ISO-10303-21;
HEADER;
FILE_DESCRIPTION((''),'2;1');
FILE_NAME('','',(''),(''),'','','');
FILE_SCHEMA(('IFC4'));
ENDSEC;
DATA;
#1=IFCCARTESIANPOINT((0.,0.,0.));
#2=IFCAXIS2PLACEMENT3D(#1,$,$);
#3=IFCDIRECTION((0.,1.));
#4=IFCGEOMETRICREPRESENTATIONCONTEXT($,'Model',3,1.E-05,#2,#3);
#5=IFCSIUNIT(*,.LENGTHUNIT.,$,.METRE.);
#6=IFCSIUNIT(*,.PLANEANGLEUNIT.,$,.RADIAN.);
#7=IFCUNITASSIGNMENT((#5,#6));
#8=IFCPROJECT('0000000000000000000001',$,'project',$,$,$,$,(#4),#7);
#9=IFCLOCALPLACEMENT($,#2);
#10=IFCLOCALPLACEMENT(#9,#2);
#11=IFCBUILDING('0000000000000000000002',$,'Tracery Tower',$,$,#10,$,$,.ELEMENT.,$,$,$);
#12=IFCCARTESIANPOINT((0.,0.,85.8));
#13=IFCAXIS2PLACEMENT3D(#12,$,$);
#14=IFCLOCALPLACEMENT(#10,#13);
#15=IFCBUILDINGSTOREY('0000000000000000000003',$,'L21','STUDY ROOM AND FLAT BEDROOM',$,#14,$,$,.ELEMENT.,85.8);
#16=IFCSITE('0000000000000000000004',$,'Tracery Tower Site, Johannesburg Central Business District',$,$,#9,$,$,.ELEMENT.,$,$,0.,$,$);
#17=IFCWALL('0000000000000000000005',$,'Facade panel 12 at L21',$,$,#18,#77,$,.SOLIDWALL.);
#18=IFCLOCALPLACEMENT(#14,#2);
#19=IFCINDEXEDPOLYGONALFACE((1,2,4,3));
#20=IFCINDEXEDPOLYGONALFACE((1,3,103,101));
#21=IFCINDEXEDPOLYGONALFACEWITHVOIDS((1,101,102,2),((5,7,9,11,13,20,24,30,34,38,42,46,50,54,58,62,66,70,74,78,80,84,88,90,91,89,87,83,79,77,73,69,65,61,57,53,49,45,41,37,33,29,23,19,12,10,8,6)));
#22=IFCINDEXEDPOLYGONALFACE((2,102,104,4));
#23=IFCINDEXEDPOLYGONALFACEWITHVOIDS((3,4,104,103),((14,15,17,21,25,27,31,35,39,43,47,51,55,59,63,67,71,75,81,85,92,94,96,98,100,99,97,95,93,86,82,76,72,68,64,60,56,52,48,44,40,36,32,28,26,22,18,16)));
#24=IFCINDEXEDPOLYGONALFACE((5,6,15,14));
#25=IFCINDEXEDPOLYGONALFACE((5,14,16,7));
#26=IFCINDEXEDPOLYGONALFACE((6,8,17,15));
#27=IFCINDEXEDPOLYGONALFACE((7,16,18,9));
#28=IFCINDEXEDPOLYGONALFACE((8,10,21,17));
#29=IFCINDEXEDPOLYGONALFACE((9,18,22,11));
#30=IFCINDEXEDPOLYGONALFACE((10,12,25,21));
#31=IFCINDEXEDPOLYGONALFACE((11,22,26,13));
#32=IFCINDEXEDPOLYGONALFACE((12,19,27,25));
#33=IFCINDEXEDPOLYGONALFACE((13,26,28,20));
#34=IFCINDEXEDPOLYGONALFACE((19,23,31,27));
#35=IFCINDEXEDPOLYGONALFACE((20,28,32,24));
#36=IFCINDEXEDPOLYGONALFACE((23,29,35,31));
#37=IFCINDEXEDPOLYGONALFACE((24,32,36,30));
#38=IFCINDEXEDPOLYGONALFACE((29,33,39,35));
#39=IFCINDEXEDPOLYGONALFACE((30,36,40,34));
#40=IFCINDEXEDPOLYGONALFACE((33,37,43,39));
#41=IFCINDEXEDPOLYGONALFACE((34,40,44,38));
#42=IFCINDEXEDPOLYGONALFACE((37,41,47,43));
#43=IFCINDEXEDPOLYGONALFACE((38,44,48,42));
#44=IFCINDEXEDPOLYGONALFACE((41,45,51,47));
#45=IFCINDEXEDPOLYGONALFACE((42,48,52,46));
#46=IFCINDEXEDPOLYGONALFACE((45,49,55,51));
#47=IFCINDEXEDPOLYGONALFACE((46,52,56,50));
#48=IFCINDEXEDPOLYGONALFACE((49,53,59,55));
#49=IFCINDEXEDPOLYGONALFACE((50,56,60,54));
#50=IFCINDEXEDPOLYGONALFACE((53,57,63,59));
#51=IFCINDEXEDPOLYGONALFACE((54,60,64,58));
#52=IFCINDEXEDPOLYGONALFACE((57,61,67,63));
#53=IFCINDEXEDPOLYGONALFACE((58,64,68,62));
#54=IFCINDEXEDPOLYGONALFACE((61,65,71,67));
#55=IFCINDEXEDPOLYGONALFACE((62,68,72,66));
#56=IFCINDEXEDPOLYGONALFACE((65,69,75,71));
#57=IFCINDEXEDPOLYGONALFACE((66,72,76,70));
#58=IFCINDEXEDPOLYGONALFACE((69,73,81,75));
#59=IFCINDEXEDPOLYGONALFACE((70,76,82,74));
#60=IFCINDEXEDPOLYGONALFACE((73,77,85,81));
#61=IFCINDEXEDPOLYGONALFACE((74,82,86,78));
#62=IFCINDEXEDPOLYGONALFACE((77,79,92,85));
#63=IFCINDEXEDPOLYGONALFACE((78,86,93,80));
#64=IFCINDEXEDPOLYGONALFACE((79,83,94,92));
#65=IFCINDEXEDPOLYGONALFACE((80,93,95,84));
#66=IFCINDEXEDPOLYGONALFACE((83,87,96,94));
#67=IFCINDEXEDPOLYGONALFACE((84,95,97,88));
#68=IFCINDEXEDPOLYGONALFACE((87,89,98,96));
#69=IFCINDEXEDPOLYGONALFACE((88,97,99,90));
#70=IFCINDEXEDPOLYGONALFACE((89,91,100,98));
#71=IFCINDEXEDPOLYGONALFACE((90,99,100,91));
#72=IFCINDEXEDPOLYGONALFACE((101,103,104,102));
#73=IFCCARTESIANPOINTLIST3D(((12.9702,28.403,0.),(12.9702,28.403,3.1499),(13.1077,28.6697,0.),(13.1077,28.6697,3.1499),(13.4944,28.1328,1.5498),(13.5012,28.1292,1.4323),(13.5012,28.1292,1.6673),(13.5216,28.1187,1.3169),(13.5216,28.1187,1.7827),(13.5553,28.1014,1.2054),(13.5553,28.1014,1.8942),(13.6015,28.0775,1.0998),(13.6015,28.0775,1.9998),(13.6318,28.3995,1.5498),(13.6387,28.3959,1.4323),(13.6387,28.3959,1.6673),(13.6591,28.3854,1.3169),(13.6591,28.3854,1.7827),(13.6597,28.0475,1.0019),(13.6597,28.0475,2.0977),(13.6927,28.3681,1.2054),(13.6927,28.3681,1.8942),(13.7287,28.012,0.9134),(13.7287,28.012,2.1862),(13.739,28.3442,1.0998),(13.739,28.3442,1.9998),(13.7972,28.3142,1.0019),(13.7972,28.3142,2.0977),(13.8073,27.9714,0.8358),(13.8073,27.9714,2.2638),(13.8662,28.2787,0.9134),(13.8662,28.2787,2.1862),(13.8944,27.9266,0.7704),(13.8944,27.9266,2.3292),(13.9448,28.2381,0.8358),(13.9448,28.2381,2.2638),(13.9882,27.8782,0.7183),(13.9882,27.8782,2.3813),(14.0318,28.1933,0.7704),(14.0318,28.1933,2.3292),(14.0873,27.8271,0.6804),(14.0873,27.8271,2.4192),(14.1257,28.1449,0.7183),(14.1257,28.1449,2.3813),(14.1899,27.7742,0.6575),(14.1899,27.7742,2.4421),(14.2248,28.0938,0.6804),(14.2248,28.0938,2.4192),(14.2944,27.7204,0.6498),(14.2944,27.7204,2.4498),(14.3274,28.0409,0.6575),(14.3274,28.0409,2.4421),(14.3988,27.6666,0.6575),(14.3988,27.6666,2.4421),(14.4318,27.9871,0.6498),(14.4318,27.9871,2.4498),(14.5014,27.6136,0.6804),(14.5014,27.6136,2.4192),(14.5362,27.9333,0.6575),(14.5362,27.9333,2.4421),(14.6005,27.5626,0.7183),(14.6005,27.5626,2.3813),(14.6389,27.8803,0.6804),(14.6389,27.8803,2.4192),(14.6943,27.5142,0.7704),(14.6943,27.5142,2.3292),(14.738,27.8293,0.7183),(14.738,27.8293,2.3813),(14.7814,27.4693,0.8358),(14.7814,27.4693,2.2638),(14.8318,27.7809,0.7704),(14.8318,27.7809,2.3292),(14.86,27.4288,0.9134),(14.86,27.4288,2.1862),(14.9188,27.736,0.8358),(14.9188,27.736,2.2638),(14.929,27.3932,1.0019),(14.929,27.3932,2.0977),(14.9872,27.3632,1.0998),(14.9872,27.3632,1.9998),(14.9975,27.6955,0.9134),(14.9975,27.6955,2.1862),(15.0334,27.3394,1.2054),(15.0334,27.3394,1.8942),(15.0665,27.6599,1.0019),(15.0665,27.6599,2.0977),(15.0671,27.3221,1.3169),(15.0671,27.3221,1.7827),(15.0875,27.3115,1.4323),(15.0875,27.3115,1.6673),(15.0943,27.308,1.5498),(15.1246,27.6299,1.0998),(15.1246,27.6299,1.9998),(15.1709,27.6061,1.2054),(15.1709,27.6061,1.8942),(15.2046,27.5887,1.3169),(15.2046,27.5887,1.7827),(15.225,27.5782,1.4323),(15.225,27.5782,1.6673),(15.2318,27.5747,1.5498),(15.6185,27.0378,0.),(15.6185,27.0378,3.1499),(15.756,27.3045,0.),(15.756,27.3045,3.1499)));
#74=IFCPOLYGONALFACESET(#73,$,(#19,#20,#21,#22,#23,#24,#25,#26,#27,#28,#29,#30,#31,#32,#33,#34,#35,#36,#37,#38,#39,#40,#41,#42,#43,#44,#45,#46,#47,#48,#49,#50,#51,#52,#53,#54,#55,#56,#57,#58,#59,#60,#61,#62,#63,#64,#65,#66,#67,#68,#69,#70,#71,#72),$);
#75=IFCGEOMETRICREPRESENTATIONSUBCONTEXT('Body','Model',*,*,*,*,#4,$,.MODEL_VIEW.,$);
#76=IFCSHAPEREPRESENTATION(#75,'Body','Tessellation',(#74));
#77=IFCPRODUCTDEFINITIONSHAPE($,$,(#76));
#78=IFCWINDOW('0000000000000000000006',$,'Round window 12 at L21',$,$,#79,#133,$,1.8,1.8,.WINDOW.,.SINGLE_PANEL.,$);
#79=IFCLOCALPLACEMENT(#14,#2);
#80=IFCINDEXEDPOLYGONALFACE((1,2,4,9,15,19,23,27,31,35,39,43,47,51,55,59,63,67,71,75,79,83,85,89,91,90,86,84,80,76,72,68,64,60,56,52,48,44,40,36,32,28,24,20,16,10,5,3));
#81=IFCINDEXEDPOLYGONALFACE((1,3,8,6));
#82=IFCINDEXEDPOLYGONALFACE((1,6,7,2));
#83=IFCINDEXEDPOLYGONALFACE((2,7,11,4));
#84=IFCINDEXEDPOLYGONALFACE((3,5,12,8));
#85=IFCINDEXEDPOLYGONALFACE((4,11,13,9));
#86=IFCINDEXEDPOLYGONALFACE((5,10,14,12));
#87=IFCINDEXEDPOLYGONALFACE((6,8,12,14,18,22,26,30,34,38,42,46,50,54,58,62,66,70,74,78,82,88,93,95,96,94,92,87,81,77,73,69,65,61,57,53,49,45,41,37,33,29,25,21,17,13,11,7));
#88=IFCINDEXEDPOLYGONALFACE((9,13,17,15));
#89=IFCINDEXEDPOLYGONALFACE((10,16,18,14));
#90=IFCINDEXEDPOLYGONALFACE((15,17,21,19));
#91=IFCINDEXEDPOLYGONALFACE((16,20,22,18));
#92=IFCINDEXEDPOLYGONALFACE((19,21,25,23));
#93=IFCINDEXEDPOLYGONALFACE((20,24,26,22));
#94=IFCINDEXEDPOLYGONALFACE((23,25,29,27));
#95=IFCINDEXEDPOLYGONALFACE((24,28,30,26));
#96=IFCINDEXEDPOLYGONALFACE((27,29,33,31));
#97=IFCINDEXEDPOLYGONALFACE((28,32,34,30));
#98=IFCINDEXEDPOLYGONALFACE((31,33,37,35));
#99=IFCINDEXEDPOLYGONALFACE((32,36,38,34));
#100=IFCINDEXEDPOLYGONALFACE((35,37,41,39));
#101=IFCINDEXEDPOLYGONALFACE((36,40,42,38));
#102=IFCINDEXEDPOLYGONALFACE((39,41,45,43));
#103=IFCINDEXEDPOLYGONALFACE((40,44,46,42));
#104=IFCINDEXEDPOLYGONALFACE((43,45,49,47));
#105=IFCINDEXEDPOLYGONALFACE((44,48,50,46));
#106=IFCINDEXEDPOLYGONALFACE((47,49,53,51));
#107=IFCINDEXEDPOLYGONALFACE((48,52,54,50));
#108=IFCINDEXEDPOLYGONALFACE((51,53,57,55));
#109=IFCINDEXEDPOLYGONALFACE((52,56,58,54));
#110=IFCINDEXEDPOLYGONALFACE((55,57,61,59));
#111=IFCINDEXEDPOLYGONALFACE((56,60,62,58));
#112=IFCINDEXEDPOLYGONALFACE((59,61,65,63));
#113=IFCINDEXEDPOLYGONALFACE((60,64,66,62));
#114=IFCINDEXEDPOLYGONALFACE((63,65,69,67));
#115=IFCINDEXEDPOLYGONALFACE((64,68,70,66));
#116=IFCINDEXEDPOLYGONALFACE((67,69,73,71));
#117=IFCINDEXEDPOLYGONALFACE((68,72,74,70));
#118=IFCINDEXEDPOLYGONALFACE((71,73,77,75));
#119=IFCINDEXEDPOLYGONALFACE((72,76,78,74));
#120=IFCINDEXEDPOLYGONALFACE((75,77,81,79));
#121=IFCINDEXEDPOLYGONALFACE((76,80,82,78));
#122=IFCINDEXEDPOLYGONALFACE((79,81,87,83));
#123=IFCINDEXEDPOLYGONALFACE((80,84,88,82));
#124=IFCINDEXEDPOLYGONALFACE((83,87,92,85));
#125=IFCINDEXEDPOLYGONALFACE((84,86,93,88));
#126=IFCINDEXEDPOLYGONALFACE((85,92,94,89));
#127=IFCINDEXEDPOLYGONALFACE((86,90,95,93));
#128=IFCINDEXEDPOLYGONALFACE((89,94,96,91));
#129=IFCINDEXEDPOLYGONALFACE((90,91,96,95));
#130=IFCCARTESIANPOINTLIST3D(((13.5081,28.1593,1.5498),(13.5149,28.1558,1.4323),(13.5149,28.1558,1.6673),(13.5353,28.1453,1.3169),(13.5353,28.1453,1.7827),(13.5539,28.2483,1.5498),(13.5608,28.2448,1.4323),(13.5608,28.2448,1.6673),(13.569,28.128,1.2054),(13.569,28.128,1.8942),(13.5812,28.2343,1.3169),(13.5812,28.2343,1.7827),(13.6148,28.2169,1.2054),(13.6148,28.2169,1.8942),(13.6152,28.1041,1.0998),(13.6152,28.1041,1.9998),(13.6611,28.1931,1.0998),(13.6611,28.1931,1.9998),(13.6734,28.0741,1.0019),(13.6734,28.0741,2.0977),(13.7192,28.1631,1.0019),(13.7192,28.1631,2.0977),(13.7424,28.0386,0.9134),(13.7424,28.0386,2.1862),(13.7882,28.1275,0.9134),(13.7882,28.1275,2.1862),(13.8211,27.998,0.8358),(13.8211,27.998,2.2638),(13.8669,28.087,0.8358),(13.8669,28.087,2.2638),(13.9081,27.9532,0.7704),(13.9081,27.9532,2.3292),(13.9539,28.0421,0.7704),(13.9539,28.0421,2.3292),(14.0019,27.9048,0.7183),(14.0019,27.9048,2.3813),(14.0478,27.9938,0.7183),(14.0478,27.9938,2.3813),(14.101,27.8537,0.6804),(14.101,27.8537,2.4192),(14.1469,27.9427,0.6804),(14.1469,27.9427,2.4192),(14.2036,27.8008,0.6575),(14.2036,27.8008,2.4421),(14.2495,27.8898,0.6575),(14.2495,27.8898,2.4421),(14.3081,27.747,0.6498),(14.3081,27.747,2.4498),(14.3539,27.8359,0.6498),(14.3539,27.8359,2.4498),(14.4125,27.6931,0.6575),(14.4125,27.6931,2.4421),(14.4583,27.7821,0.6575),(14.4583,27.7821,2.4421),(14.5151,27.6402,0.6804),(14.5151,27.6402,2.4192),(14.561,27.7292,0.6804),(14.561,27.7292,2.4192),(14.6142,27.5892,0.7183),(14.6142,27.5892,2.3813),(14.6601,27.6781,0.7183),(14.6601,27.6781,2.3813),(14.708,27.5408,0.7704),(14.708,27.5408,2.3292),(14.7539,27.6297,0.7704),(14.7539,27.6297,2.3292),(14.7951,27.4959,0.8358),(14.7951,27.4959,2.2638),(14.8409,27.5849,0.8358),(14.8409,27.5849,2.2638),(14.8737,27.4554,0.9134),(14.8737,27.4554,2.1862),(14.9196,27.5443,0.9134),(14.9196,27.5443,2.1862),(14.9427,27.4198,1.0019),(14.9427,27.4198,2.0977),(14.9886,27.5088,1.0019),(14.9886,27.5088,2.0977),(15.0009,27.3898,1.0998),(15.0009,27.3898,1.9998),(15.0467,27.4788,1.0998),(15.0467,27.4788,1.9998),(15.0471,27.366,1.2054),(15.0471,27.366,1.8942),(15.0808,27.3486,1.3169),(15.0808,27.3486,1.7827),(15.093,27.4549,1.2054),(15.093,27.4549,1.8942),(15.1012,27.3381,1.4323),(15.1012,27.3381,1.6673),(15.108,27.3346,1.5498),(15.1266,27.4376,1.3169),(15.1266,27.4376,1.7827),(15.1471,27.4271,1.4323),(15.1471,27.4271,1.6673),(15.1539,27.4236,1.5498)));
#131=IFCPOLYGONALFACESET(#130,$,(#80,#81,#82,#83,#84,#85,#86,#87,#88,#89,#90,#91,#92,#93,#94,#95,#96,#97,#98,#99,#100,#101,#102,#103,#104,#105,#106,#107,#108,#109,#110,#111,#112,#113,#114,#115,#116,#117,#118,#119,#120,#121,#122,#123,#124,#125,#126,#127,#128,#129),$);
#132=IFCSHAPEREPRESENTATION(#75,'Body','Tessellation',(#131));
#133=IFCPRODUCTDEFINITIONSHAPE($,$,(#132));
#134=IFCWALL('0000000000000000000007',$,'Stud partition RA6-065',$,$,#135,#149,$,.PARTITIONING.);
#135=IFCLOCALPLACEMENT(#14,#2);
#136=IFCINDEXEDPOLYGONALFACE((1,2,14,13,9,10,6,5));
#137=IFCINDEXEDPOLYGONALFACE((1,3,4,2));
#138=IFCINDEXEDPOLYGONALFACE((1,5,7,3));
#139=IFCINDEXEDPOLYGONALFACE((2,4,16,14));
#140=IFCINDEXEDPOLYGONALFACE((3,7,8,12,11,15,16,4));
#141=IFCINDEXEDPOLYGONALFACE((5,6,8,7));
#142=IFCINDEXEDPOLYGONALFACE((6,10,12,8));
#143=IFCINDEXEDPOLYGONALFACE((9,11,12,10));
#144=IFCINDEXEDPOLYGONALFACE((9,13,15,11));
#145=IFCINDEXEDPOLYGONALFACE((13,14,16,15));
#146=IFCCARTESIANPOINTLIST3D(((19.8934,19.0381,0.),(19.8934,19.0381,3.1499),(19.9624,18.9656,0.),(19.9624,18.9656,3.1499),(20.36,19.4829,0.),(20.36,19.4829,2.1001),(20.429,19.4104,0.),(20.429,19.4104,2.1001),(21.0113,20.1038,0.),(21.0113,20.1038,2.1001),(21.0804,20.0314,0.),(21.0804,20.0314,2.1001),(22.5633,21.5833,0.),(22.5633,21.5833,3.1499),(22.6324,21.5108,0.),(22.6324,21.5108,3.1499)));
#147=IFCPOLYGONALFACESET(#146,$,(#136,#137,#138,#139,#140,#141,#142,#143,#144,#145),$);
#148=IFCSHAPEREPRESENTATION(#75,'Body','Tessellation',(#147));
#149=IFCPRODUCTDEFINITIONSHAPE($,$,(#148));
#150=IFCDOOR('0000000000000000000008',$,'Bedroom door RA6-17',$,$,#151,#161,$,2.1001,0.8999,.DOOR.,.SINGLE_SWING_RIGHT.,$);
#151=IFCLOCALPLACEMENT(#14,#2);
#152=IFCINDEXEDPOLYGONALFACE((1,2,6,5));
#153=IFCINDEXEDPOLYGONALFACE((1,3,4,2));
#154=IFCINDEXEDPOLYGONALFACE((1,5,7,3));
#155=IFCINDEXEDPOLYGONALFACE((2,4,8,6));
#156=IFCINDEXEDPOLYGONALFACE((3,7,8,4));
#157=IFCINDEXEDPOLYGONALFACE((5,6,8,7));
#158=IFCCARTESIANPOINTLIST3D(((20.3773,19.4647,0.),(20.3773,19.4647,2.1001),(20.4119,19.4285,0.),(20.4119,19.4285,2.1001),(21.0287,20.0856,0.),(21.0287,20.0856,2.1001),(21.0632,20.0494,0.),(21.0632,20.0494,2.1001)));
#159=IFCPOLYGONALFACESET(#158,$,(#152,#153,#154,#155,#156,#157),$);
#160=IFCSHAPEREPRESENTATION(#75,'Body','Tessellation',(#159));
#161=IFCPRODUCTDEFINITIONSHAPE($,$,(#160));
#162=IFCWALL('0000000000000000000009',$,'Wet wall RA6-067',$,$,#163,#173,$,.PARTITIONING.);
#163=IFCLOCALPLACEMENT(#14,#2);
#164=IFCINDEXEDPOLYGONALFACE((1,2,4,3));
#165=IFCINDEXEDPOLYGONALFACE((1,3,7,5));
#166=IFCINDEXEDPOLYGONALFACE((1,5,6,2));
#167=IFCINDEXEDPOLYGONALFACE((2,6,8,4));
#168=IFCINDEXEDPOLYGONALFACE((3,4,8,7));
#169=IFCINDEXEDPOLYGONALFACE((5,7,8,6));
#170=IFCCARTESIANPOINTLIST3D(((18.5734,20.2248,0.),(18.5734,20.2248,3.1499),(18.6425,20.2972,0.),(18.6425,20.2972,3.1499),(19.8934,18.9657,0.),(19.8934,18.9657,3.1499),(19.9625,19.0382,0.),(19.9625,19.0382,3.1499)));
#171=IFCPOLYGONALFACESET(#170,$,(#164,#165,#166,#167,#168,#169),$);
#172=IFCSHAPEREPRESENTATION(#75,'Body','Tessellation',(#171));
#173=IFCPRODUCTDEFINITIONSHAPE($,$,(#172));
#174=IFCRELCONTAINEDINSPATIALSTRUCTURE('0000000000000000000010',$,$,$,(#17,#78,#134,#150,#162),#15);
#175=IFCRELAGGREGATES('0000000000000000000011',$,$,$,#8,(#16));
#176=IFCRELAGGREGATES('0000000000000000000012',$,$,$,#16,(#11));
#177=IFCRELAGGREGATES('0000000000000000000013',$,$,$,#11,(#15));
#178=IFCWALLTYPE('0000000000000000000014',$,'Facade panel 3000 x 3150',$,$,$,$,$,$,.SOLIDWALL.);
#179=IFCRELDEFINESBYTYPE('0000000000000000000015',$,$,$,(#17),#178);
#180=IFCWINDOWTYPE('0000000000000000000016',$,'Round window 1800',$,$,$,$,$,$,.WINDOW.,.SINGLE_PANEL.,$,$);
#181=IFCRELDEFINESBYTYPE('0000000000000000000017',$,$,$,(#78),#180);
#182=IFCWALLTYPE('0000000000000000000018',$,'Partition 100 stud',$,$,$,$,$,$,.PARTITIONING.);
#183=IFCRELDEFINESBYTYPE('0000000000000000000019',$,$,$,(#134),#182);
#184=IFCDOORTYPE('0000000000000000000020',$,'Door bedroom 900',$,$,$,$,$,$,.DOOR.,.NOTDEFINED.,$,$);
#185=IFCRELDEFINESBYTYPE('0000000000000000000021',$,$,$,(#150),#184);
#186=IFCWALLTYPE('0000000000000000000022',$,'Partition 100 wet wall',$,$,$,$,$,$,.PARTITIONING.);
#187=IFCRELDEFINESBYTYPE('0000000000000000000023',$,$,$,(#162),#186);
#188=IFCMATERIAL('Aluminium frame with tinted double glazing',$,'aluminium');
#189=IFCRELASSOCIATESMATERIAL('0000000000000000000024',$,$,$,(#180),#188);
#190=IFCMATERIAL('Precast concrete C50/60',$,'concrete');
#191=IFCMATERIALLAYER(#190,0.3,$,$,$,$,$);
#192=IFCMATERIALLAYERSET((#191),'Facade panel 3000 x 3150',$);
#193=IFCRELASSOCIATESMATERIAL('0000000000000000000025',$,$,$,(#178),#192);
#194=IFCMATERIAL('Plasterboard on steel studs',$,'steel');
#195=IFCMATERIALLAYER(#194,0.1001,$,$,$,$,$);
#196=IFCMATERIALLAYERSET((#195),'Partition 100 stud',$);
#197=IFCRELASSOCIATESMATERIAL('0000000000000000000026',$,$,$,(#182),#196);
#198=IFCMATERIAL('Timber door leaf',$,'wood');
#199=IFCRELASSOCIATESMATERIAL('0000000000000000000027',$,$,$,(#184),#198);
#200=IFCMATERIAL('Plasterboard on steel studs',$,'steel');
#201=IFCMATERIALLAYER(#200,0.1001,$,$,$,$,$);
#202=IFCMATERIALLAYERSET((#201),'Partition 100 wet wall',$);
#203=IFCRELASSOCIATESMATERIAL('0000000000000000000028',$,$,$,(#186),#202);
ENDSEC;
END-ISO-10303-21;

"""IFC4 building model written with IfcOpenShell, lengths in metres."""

from ifc_helpers import new_model, si_unit, direction, frame, frame_2d, origin, origin_2d, place, context, subcontext, project, spatial, rectangle, circle, extrude, material, layer, layer_set, type_object, element, fill, save


model = new_model("IFC4")

# Units and contexts
model_context = context("Model", 3, precision=1e-05, world=origin(), true_north=direction((0.0, 1.0)))
body_context = subcontext(model_context, "Body", "Model", "MODEL_VIEW")
ifc_project = project(units=[si_unit("LENGTHUNIT", "METRE"), si_unit("PLANEANGLEUNIT", "RADIAN")], contexts=[model_context])

# Site, building, storey
site_placement = place(None, origin())
site = spatial("IfcSite", under=ifc_project, at=site_placement, Name="Tracery Tower Site, Johannesburg Central Business District", CompositionType="ELEMENT", RefElevation=0.0)
building_placement = place(site_placement, origin())
building = spatial("IfcBuilding", under=site, at=building_placement, Name="Tracery Tower", CompositionType="ELEMENT")
storey_placement = place(building_placement, frame((0.0, 0.0, 85.8)))
storey = spatial("IfcBuildingStorey", under=building, at=storey_placement, Name="L21", Description="STUDY ROOM AND FLAT BEDROOM", CompositionType="ELEMENT", Elevation=85.8)

# Wall, opening, window
ifc_material_1 = material(Name="Aluminium frame with tinted double glazing", Category="aluminium")
window_type = type_object("IfcWindowType", Name="Round window 1800", PartitioningType="SINGLE_PANEL", PredefinedType="WINDOW", material=ifc_material_1)
ifc_material_2 = material(Name="Precast concrete C50/60", Category="concrete")
ifc_layer_1 = layer(ifc_material_2, 0.3)
ifc_layer_set_1 = layer_set([ifc_layer_1], Name="Facade panel 3000 x 3150")
wall_type_1 = type_object("IfcWallType", Name="Facade panel 3000 x 3150", PredefinedType="SOLIDWALL", material=ifc_layer_set_1)
wall_1_placement = place(storey_placement, frame((15.6873, 27.1711, 0.0), z_axis=(0.0, 0.0, 1.0), x_axis=(-0.888853, 0.458192, 0.0)))
wall_1 = element("IfcWall", 1, at=wall_1_placement, inside=storey, type_object=wall_type_1, Name="Facade panel 12 at L21", PredefinedType="SOLIDWALL", context=body_context, shape_type="SweptSolid", body=[
    extrude(rectangle(XDim=2.9795, YDim=0.3, at=frame_2d((1.4897, 0.0))), origin(), (0.0, 0.0, 1.0), 3.1499),
])
opening_1_placement = place(wall_1_placement, frame((1.4897, 0.0, 1.5498)))
opening_1 = element("IfcOpeningElement", 2, at=opening_1_placement, cuts=wall_1, PredefinedType="OPENING", context=body_context, shape_type="SweptSolid", body=[
    extrude(circle(Radius=0.9, at=origin_2d()), frame((0.0, 0.1599, 0.0), z_axis=(0.0, -1.0, 0.0), x_axis=(1.0, 0.0, 0.0)), (0.0, 0.0, 1.0), 0.3201),
])
window_1_placement = place(opening_1_placement, origin())
window_1 = element("IfcWindow", 3, at=window_1_placement, inside=storey, type_object=window_type, Name="Round window 12 at L21", OverallHeight=1.8, OverallWidth=1.8, PartitioningType="SINGLE_PANEL", PredefinedType="WINDOW", context=body_context, shape_type="SweptSolid", body=[
    extrude(circle(Radius=0.9, at=origin_2d()), frame((0.0, 0.1201, 0.0), z_axis=(0.0, -1.0, 0.0), x_axis=(1.0, 0.0, 0.0)), (0.0, 0.0, 1.0), 0.1001),
])
fill(opening_1, window_1)

# Wall, opening, door
ifc_material_3 = material(Name="Plasterboard on steel studs", Category="steel")
ifc_layer_2 = layer(ifc_material_3, 0.1001)
ifc_layer_set_2 = layer_set([ifc_layer_2], Name="Partition 100 stud")
wall_type_2 = type_object("IfcWallType", Name="Partition 100 stud", PredefinedType="PARTITIONING", material=ifc_layer_set_2)
wall_2_placement = place(storey_placement, frame((19.928, 19.002, 0.0), z_axis=(0.0, 0.0, 1.0), x_axis=(0.723815, 0.689994, 0.0)))
wall_2 = element("IfcWall", 4, at=wall_2_placement, inside=storey, type_object=wall_type_2, Name="Stud partition RA6-065", PredefinedType="PARTITIONING", context=body_context, shape_type="SweptSolid", body=[
    extrude(rectangle(XDim=3.6887, YDim=0.1001, at=frame_2d((1.8442, 0.0))), origin(), (0.0, 0.0, 1.0), 3.1499),
])
opening_2_placement = place(wall_2_placement, frame((0.6445, 0.0, 0.0)))
opening_2 = element("IfcOpeningElement", 5, at=opening_2_placement, cuts=wall_2, PredefinedType="OPENING", context=body_context, shape_type="SweptSolid", body=[
    extrude(rectangle(XDim=0.8999, YDim=2.1001, at=frame_2d((0.45, 1.05))), frame((0.0, 0.05, 0.0), z_axis=(0.0, -1.0, 0.0), x_axis=(1.0, 0.0, 0.0)), (0.0, 0.0, 1.0), 0.1001),
])
ifc_material_4 = material(Name="Timber door leaf", Category="wood")
door_type = type_object("IfcDoorType", Name="Door bedroom 900", OperationType="NOTDEFINED", PredefinedType="DOOR", material=ifc_material_4)
door_placement = place(opening_2_placement, origin())
door = element("IfcDoor", 6, at=door_placement, inside=storey, type_object=door_type, Name="Bedroom door RA6-17", OperationType="SINGLE_SWING_RIGHT", OverallHeight=2.1001, OverallWidth=0.8999, PredefinedType="DOOR", context=body_context, shape_type="SweptSolid", body=[
    extrude(rectangle(XDim=0.8999, YDim=2.1001, at=frame_2d((0.45, 1.05))), frame((0.0, 0.0249, 0.0), z_axis=(0.0, -1.0, 0.0), x_axis=(1.0, 0.0, 0.0)), (0.0, 0.0, 1.0), 0.05),
])
fill(opening_2, door)

# Wall
ifc_material_5 = material(Name="Plasterboard on steel studs", Category="steel")
ifc_layer_3 = layer(ifc_material_5, 0.1001)
ifc_layer_set_3 = layer_set([ifc_layer_3], Name="Partition 100 wet wall")
wall_type_3 = type_object("IfcWallType", Name="Partition 100 wet wall", PredefinedType="PARTITIONING", material=ifc_layer_set_3)
wall_3_placement = place(storey_placement, frame((18.6079, 20.261, 0.0), z_axis=(0.0, 0.0, 1.0), x_axis=(0.723638, -0.69018, 0.0)))
element("IfcWall", 7, at=wall_3_placement, inside=storey, type_object=wall_type_3, Name="Wet wall RA6-067", PredefinedType="PARTITIONING", context=body_context, shape_type="SweptSolid", body=[
    extrude(rectangle(XDim=1.8242, YDim=0.1001, at=frame_2d((0.9121, 0.0))), origin(), (0.0, 0.0, 1.0), 3.1499),
])

save(model, "model.ifc")
